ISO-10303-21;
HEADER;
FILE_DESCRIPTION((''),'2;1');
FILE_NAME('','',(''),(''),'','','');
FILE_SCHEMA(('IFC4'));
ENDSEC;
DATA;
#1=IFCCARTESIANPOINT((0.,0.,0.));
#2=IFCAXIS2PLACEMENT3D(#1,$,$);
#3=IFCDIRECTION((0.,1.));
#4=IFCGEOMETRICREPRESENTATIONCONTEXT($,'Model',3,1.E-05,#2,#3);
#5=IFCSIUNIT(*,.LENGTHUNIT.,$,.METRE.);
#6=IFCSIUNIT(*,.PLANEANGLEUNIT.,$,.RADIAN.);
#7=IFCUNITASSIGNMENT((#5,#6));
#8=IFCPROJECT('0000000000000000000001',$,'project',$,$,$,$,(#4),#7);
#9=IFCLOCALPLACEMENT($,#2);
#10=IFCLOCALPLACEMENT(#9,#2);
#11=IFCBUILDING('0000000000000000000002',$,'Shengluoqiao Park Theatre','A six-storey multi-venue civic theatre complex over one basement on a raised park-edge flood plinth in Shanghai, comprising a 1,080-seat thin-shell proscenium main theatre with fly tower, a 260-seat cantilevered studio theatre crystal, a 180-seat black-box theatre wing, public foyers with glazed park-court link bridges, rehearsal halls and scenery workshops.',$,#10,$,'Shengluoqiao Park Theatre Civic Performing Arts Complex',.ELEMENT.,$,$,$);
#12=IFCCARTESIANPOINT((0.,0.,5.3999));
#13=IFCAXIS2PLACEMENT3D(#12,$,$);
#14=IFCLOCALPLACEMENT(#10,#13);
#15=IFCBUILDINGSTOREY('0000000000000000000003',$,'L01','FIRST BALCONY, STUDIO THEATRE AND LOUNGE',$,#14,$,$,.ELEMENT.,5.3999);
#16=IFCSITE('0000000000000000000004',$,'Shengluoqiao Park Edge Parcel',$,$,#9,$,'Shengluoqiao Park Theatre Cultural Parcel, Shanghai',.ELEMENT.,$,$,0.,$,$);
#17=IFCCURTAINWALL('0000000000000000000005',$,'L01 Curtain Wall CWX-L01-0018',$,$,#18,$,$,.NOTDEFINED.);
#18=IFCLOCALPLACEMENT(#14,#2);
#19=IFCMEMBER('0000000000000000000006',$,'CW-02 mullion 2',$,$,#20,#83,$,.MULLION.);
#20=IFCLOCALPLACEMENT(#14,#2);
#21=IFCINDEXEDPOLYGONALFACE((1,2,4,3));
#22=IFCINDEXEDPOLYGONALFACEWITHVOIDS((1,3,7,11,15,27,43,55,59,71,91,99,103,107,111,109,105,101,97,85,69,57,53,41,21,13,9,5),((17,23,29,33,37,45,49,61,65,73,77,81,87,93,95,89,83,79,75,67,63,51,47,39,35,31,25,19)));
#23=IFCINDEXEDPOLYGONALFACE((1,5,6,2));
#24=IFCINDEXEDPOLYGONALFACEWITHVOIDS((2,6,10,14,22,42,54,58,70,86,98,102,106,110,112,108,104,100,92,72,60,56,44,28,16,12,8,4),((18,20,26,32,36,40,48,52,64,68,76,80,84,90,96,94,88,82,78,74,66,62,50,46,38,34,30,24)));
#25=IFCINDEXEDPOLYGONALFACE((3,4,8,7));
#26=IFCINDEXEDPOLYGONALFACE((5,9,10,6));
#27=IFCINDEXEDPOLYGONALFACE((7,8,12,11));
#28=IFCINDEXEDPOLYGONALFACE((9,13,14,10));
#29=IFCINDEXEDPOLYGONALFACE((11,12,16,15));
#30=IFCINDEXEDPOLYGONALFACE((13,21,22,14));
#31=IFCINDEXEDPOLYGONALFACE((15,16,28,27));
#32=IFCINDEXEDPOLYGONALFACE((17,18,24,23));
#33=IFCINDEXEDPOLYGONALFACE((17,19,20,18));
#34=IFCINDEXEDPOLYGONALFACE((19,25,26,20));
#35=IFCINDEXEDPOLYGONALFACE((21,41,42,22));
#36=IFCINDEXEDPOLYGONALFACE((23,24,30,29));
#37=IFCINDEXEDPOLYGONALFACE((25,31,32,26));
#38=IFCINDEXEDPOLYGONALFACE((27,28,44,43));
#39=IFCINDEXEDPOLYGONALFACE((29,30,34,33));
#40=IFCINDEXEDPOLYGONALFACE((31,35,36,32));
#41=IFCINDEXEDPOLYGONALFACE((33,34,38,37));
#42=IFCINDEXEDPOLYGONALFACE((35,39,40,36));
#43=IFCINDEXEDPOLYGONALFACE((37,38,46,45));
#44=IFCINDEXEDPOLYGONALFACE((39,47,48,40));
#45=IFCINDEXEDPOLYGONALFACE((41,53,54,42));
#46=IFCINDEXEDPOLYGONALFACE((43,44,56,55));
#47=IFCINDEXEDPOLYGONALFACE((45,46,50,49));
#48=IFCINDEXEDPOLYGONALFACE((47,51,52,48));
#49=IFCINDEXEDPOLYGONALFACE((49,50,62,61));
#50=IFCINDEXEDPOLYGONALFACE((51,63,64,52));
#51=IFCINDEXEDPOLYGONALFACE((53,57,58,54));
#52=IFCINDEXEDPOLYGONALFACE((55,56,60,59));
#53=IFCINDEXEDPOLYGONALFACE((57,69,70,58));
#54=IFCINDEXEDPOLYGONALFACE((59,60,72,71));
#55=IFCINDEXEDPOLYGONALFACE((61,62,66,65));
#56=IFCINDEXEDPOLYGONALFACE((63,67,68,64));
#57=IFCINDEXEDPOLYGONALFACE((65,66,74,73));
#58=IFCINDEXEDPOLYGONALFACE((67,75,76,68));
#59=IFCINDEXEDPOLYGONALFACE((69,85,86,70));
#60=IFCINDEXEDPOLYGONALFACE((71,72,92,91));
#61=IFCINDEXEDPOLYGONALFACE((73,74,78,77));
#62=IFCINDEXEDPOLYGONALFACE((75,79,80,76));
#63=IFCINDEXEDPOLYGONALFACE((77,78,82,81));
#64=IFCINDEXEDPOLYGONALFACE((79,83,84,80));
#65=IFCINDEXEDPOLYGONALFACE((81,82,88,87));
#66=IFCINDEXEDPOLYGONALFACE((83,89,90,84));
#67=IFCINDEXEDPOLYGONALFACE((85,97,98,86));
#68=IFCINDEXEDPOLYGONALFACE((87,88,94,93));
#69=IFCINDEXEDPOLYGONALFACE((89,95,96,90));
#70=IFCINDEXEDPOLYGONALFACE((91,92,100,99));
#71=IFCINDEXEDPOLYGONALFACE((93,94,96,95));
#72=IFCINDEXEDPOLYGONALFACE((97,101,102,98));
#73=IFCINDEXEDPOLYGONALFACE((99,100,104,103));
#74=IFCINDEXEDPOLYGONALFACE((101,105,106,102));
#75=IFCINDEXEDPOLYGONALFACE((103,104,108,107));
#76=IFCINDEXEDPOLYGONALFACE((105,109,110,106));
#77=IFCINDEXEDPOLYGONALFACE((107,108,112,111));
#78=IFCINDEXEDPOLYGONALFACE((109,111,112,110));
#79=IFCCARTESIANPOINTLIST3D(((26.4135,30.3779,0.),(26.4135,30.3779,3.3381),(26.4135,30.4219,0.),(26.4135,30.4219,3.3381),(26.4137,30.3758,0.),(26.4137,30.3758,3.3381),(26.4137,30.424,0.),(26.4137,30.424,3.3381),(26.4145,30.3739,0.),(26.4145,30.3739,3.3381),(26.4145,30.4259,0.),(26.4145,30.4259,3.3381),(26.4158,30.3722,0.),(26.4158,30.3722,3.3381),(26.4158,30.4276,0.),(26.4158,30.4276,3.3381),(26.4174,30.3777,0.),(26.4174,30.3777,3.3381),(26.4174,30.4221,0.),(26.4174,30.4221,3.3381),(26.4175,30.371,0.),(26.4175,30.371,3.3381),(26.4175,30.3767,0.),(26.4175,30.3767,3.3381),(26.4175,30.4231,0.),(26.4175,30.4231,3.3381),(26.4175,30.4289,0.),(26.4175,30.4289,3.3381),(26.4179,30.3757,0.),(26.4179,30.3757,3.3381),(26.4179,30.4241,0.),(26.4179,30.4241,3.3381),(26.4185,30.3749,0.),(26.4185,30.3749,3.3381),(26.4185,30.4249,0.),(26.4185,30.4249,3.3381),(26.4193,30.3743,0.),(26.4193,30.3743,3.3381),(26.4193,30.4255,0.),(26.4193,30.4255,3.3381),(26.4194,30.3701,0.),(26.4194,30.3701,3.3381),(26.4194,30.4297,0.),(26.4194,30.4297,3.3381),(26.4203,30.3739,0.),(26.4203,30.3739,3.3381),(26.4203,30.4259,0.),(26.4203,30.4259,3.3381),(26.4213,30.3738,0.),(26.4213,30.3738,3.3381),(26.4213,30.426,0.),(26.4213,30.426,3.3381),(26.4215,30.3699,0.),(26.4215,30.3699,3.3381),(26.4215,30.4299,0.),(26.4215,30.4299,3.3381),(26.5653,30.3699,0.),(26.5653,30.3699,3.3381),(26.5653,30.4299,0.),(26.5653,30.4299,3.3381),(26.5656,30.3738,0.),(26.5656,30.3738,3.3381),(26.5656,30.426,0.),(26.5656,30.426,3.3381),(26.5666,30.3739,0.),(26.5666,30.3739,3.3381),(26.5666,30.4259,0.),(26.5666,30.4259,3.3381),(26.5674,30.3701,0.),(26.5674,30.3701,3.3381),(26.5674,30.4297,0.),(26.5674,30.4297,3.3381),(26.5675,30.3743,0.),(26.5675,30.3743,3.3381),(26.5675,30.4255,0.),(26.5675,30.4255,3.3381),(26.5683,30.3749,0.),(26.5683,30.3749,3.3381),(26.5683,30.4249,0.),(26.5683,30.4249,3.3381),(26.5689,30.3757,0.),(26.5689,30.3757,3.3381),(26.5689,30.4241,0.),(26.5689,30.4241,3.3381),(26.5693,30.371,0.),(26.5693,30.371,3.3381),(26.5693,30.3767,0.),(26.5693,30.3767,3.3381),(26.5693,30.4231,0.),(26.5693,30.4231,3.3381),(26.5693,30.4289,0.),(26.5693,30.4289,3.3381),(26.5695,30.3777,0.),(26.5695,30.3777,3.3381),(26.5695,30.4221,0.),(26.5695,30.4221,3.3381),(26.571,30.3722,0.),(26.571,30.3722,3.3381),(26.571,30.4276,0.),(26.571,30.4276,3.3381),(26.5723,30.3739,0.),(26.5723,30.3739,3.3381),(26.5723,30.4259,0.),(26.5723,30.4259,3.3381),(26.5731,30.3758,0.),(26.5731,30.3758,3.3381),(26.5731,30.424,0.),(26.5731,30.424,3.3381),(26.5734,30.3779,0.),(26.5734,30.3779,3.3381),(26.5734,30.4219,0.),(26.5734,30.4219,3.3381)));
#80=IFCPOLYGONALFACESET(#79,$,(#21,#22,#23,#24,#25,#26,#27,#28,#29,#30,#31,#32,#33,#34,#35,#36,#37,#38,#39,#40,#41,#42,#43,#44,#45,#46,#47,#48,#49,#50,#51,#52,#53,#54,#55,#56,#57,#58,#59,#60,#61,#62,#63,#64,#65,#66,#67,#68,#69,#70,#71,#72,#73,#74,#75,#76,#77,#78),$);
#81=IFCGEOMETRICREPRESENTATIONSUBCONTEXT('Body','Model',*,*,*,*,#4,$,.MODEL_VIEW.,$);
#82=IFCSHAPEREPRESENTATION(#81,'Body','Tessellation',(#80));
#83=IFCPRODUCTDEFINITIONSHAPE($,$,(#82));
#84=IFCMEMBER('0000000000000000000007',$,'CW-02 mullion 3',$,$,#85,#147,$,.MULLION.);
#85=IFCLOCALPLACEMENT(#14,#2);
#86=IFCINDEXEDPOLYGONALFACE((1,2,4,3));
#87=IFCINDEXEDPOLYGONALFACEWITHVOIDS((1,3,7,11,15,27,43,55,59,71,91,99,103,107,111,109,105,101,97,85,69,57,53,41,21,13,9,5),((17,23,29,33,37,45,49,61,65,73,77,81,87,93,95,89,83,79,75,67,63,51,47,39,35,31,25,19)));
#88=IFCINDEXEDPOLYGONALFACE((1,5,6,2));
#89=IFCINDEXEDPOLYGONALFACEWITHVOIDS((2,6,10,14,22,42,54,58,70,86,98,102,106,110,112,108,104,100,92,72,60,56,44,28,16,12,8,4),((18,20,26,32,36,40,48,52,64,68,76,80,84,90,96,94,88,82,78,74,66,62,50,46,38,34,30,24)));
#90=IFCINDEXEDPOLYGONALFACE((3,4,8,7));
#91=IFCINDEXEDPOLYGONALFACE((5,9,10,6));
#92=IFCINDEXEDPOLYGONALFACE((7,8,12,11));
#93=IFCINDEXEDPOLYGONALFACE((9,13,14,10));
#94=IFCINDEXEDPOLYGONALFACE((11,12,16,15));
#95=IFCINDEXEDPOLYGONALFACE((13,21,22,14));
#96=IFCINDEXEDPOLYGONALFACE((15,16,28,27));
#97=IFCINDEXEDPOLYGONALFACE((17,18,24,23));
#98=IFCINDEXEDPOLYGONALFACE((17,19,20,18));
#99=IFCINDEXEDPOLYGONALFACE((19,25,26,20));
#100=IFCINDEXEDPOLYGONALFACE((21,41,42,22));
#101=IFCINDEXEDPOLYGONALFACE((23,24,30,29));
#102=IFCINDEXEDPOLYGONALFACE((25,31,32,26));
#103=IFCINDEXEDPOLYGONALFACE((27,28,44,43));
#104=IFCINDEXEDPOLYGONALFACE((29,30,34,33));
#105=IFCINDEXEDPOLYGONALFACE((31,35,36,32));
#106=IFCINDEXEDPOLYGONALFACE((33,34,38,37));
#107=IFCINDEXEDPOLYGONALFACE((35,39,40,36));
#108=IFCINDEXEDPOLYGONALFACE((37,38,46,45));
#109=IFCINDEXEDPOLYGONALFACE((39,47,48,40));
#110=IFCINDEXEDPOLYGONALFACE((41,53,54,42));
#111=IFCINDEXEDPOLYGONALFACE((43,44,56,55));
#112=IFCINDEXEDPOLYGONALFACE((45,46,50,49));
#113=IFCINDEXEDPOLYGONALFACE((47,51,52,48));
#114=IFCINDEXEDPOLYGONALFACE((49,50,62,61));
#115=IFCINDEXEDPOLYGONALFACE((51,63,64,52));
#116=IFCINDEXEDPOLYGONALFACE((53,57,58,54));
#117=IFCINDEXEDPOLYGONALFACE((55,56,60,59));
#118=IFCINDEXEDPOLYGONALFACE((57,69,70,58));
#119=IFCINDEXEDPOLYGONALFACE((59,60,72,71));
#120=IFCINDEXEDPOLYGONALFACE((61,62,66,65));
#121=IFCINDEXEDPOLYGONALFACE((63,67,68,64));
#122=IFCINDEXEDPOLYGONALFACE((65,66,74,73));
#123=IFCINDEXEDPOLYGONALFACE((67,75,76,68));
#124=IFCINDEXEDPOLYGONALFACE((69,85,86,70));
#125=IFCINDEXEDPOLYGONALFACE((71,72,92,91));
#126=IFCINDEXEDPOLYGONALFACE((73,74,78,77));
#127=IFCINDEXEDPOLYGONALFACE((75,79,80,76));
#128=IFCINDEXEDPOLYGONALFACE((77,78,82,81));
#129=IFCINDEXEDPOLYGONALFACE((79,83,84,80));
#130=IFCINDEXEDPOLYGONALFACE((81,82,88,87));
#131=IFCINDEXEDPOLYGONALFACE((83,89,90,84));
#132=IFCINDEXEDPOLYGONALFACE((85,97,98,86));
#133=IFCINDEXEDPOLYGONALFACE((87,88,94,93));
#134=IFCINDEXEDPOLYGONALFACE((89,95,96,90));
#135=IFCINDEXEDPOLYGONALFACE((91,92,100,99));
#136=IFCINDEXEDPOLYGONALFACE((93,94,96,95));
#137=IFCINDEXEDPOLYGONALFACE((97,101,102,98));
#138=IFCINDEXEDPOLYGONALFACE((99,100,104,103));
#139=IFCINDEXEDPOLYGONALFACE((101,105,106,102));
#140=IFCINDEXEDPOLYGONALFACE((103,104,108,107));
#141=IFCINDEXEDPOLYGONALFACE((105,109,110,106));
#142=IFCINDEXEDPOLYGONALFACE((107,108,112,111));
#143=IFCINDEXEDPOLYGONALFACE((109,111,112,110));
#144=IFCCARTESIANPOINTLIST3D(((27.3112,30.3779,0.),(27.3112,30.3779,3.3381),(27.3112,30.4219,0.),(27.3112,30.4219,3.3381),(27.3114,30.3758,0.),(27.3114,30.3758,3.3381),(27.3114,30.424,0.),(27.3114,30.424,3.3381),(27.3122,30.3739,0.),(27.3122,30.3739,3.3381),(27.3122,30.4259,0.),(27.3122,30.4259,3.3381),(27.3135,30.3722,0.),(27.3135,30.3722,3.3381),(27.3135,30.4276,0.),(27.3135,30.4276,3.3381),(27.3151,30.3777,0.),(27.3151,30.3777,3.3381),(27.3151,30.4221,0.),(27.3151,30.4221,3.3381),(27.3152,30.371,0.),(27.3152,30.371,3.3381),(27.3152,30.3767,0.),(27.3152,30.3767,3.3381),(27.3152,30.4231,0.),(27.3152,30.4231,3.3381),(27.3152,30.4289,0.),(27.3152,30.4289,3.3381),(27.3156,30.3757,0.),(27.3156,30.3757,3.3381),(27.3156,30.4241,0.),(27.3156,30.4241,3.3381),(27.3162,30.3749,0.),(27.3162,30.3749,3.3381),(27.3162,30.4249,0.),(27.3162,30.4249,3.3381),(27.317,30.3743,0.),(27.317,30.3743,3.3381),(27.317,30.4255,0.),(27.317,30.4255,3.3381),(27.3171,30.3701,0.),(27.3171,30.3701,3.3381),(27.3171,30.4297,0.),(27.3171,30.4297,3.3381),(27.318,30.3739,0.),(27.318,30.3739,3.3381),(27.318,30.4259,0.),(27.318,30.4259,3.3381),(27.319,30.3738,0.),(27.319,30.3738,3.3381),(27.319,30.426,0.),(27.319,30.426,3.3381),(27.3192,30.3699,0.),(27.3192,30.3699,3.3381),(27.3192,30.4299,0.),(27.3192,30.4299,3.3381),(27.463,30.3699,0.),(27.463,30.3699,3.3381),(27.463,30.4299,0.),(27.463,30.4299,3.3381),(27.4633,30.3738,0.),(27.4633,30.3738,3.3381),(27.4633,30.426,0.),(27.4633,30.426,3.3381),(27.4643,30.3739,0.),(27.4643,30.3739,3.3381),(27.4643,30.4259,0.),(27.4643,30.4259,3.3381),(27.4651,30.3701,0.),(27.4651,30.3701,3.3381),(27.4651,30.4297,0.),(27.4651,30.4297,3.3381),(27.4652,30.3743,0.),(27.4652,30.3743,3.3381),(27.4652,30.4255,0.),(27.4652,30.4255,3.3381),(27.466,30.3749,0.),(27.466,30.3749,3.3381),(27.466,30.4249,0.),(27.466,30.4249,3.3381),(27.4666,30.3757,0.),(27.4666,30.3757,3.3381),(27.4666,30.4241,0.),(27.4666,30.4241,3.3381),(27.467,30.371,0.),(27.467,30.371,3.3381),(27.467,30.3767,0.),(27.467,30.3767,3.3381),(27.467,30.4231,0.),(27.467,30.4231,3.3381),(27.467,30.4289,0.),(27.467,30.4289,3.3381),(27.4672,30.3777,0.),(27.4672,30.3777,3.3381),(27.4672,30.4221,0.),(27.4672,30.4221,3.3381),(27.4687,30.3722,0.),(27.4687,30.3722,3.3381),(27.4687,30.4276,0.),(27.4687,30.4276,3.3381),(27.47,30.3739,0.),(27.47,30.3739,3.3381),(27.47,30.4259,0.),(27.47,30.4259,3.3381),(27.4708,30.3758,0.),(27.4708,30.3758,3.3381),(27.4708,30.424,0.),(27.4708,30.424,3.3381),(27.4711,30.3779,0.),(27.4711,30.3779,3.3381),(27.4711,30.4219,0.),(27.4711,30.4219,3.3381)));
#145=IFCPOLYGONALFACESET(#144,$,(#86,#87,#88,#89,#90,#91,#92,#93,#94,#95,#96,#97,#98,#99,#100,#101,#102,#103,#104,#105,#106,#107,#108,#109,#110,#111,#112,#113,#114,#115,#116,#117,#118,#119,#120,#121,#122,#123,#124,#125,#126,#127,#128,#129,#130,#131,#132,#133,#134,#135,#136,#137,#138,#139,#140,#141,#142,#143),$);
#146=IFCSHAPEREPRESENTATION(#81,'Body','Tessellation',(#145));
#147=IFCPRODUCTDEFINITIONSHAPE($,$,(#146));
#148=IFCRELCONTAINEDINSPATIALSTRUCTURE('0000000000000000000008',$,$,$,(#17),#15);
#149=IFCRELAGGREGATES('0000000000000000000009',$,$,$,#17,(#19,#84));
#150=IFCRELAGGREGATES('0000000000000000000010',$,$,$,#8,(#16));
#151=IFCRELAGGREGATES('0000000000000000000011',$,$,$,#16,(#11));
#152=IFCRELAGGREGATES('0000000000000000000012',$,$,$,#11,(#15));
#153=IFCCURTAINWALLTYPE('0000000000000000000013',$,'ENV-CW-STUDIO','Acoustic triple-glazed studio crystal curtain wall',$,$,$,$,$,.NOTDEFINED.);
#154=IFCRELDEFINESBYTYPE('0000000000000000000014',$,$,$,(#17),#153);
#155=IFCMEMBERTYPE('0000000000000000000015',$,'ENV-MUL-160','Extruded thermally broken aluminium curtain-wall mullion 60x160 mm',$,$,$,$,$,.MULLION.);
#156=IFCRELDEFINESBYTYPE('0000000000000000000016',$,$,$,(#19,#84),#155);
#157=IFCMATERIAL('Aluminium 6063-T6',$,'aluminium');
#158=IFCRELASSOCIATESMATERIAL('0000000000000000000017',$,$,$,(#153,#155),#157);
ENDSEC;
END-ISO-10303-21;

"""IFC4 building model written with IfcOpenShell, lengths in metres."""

from ifc_helpers import new_model, si_unit, direction, frame, origin, origin_2d, place, context, subcontext, project, spatial, hollow_rectangle, extrude, material, material_profile, profile_set, type_object, element, aggregate, save


model = new_model("IFC4")

# Units and contexts
model_context = context("Model", 3, precision=1e-05, world=origin(), true_north=direction((0.0, 1.0)))
body_context = subcontext(model_context, "Body", "Model", "MODEL_VIEW")
ifc_project = project(units=[si_unit("LENGTHUNIT", "METRE"), si_unit("PLANEANGLEUNIT", "RADIAN")], contexts=[model_context])

# Site, building, storey
site_placement = place(None, origin())
site = spatial("IfcSite", under=ifc_project, at=site_placement, Name="Shengluoqiao Park Edge Parcel", LongName="Shengluoqiao Park Theatre Cultural Parcel, Shanghai", CompositionType="ELEMENT", RefElevation=0.0)
building_placement = place(site_placement, origin())
building = spatial("IfcBuilding", under=site, at=building_placement, Name="Shengluoqiao Park Theatre", Description="A six-storey multi-venue civic theatre complex over one basement on a raised park-edge flood plinth in Shanghai, comprising a 1,080-seat thin-shell proscenium main theatre with fly tower, a 260-seat cantilevered studio theatre crystal, a 180-seat black-box theatre wing, public foyers with glazed park-court link bridges, rehearsal halls and scenery workshops.", LongName="Shengluoqiao Park Theatre Civic Performing Arts Complex", CompositionType="ELEMENT")
storey_placement = place(building_placement, frame((0.0, 0.0, 5.3999)))
storey = spatial("IfcBuildingStorey", under=building, at=storey_placement, Name="L01", Description="FIRST BALCONY, STUDIO THEATRE AND LOUNGE", CompositionType="ELEMENT", Elevation=5.3999)

# Curtain wall, members
ifc_material_1 = material(Name="Aluminium 6063-T6", Category="aluminium")
curtain_wall_type_1 = type_object("IfcCurtainWallType", Name="ENV-CW-STUDIO", Description="Acoustic triple-glazed studio crystal curtain wall", PredefinedType="NOTDEFINED", material=ifc_material_1)
curtain_wall_1_placement = place(storey_placement, origin())
curtain_wall_1 = element("IfcCurtainWall", 1, at=curtain_wall_1_placement, inside=storey, type_object=curtain_wall_type_1, Name="L01 Curtain Wall CWX-L01-0018", PredefinedType="NOTDEFINED")
ifc_material_profile_1 = material_profile(ifc_material_1, hollow_rectangle(XDim=0.0601, YDim=0.1599, WallThickness=0.0039, InnerFilletRadius=0.0039, OuterFilletRadius=0.0081, at=origin_2d()), Name="ALU MULLION 160x60x4")
ifc_profile_set_1 = profile_set([ifc_material_profile_1], Name="Aluminium 6063-T6")
member_type_1 = type_object("IfcMemberType", Name="ENV-MUL-160", Description="Extruded thermally broken aluminium curtain-wall mullion 60x160 mm", PredefinedType="MULLION", material=ifc_profile_set_1)
member_1_placement = place(storey_placement, frame((26.4934, 30.3999, 0.0), z_axis=(0.0, 0.0, 1.0), x_axis=(0.0, 1.0, 0.0)))
member_1 = element("IfcMember", 2, at=member_1_placement, type_object=member_type_1, Name="CW-02 mullion 2", PredefinedType="MULLION", context=body_context, shape_type="SweptSolid", body=[
    extrude(hollow_rectangle(XDim=0.0601, YDim=0.1599, WallThickness=0.0039, InnerFilletRadius=0.0039, OuterFilletRadius=0.0081, at=origin_2d()), origin(), (0.0, 0.0, 1.0), 3.3381),
])
member_2_placement = place(storey_placement, frame((27.3911, 30.3999, 0.0), z_axis=(0.0, 0.0, 1.0), x_axis=(0.0, 1.0, 0.0)))
member_2 = element("IfcMember", 3, at=member_2_placement, type_object=member_type_1, Name="CW-02 mullion 3", PredefinedType="MULLION", context=body_context, shape_type="SweptSolid", body=[
    extrude(hollow_rectangle(XDim=0.0601, YDim=0.1599, WallThickness=0.0039, InnerFilletRadius=0.0039, OuterFilletRadius=0.0081, at=origin_2d()), origin(), (0.0, 0.0, 1.0), 3.3381),
])

aggregate(curtain_wall_1, [member_1, member_2])

save(model, "model.ifc")
